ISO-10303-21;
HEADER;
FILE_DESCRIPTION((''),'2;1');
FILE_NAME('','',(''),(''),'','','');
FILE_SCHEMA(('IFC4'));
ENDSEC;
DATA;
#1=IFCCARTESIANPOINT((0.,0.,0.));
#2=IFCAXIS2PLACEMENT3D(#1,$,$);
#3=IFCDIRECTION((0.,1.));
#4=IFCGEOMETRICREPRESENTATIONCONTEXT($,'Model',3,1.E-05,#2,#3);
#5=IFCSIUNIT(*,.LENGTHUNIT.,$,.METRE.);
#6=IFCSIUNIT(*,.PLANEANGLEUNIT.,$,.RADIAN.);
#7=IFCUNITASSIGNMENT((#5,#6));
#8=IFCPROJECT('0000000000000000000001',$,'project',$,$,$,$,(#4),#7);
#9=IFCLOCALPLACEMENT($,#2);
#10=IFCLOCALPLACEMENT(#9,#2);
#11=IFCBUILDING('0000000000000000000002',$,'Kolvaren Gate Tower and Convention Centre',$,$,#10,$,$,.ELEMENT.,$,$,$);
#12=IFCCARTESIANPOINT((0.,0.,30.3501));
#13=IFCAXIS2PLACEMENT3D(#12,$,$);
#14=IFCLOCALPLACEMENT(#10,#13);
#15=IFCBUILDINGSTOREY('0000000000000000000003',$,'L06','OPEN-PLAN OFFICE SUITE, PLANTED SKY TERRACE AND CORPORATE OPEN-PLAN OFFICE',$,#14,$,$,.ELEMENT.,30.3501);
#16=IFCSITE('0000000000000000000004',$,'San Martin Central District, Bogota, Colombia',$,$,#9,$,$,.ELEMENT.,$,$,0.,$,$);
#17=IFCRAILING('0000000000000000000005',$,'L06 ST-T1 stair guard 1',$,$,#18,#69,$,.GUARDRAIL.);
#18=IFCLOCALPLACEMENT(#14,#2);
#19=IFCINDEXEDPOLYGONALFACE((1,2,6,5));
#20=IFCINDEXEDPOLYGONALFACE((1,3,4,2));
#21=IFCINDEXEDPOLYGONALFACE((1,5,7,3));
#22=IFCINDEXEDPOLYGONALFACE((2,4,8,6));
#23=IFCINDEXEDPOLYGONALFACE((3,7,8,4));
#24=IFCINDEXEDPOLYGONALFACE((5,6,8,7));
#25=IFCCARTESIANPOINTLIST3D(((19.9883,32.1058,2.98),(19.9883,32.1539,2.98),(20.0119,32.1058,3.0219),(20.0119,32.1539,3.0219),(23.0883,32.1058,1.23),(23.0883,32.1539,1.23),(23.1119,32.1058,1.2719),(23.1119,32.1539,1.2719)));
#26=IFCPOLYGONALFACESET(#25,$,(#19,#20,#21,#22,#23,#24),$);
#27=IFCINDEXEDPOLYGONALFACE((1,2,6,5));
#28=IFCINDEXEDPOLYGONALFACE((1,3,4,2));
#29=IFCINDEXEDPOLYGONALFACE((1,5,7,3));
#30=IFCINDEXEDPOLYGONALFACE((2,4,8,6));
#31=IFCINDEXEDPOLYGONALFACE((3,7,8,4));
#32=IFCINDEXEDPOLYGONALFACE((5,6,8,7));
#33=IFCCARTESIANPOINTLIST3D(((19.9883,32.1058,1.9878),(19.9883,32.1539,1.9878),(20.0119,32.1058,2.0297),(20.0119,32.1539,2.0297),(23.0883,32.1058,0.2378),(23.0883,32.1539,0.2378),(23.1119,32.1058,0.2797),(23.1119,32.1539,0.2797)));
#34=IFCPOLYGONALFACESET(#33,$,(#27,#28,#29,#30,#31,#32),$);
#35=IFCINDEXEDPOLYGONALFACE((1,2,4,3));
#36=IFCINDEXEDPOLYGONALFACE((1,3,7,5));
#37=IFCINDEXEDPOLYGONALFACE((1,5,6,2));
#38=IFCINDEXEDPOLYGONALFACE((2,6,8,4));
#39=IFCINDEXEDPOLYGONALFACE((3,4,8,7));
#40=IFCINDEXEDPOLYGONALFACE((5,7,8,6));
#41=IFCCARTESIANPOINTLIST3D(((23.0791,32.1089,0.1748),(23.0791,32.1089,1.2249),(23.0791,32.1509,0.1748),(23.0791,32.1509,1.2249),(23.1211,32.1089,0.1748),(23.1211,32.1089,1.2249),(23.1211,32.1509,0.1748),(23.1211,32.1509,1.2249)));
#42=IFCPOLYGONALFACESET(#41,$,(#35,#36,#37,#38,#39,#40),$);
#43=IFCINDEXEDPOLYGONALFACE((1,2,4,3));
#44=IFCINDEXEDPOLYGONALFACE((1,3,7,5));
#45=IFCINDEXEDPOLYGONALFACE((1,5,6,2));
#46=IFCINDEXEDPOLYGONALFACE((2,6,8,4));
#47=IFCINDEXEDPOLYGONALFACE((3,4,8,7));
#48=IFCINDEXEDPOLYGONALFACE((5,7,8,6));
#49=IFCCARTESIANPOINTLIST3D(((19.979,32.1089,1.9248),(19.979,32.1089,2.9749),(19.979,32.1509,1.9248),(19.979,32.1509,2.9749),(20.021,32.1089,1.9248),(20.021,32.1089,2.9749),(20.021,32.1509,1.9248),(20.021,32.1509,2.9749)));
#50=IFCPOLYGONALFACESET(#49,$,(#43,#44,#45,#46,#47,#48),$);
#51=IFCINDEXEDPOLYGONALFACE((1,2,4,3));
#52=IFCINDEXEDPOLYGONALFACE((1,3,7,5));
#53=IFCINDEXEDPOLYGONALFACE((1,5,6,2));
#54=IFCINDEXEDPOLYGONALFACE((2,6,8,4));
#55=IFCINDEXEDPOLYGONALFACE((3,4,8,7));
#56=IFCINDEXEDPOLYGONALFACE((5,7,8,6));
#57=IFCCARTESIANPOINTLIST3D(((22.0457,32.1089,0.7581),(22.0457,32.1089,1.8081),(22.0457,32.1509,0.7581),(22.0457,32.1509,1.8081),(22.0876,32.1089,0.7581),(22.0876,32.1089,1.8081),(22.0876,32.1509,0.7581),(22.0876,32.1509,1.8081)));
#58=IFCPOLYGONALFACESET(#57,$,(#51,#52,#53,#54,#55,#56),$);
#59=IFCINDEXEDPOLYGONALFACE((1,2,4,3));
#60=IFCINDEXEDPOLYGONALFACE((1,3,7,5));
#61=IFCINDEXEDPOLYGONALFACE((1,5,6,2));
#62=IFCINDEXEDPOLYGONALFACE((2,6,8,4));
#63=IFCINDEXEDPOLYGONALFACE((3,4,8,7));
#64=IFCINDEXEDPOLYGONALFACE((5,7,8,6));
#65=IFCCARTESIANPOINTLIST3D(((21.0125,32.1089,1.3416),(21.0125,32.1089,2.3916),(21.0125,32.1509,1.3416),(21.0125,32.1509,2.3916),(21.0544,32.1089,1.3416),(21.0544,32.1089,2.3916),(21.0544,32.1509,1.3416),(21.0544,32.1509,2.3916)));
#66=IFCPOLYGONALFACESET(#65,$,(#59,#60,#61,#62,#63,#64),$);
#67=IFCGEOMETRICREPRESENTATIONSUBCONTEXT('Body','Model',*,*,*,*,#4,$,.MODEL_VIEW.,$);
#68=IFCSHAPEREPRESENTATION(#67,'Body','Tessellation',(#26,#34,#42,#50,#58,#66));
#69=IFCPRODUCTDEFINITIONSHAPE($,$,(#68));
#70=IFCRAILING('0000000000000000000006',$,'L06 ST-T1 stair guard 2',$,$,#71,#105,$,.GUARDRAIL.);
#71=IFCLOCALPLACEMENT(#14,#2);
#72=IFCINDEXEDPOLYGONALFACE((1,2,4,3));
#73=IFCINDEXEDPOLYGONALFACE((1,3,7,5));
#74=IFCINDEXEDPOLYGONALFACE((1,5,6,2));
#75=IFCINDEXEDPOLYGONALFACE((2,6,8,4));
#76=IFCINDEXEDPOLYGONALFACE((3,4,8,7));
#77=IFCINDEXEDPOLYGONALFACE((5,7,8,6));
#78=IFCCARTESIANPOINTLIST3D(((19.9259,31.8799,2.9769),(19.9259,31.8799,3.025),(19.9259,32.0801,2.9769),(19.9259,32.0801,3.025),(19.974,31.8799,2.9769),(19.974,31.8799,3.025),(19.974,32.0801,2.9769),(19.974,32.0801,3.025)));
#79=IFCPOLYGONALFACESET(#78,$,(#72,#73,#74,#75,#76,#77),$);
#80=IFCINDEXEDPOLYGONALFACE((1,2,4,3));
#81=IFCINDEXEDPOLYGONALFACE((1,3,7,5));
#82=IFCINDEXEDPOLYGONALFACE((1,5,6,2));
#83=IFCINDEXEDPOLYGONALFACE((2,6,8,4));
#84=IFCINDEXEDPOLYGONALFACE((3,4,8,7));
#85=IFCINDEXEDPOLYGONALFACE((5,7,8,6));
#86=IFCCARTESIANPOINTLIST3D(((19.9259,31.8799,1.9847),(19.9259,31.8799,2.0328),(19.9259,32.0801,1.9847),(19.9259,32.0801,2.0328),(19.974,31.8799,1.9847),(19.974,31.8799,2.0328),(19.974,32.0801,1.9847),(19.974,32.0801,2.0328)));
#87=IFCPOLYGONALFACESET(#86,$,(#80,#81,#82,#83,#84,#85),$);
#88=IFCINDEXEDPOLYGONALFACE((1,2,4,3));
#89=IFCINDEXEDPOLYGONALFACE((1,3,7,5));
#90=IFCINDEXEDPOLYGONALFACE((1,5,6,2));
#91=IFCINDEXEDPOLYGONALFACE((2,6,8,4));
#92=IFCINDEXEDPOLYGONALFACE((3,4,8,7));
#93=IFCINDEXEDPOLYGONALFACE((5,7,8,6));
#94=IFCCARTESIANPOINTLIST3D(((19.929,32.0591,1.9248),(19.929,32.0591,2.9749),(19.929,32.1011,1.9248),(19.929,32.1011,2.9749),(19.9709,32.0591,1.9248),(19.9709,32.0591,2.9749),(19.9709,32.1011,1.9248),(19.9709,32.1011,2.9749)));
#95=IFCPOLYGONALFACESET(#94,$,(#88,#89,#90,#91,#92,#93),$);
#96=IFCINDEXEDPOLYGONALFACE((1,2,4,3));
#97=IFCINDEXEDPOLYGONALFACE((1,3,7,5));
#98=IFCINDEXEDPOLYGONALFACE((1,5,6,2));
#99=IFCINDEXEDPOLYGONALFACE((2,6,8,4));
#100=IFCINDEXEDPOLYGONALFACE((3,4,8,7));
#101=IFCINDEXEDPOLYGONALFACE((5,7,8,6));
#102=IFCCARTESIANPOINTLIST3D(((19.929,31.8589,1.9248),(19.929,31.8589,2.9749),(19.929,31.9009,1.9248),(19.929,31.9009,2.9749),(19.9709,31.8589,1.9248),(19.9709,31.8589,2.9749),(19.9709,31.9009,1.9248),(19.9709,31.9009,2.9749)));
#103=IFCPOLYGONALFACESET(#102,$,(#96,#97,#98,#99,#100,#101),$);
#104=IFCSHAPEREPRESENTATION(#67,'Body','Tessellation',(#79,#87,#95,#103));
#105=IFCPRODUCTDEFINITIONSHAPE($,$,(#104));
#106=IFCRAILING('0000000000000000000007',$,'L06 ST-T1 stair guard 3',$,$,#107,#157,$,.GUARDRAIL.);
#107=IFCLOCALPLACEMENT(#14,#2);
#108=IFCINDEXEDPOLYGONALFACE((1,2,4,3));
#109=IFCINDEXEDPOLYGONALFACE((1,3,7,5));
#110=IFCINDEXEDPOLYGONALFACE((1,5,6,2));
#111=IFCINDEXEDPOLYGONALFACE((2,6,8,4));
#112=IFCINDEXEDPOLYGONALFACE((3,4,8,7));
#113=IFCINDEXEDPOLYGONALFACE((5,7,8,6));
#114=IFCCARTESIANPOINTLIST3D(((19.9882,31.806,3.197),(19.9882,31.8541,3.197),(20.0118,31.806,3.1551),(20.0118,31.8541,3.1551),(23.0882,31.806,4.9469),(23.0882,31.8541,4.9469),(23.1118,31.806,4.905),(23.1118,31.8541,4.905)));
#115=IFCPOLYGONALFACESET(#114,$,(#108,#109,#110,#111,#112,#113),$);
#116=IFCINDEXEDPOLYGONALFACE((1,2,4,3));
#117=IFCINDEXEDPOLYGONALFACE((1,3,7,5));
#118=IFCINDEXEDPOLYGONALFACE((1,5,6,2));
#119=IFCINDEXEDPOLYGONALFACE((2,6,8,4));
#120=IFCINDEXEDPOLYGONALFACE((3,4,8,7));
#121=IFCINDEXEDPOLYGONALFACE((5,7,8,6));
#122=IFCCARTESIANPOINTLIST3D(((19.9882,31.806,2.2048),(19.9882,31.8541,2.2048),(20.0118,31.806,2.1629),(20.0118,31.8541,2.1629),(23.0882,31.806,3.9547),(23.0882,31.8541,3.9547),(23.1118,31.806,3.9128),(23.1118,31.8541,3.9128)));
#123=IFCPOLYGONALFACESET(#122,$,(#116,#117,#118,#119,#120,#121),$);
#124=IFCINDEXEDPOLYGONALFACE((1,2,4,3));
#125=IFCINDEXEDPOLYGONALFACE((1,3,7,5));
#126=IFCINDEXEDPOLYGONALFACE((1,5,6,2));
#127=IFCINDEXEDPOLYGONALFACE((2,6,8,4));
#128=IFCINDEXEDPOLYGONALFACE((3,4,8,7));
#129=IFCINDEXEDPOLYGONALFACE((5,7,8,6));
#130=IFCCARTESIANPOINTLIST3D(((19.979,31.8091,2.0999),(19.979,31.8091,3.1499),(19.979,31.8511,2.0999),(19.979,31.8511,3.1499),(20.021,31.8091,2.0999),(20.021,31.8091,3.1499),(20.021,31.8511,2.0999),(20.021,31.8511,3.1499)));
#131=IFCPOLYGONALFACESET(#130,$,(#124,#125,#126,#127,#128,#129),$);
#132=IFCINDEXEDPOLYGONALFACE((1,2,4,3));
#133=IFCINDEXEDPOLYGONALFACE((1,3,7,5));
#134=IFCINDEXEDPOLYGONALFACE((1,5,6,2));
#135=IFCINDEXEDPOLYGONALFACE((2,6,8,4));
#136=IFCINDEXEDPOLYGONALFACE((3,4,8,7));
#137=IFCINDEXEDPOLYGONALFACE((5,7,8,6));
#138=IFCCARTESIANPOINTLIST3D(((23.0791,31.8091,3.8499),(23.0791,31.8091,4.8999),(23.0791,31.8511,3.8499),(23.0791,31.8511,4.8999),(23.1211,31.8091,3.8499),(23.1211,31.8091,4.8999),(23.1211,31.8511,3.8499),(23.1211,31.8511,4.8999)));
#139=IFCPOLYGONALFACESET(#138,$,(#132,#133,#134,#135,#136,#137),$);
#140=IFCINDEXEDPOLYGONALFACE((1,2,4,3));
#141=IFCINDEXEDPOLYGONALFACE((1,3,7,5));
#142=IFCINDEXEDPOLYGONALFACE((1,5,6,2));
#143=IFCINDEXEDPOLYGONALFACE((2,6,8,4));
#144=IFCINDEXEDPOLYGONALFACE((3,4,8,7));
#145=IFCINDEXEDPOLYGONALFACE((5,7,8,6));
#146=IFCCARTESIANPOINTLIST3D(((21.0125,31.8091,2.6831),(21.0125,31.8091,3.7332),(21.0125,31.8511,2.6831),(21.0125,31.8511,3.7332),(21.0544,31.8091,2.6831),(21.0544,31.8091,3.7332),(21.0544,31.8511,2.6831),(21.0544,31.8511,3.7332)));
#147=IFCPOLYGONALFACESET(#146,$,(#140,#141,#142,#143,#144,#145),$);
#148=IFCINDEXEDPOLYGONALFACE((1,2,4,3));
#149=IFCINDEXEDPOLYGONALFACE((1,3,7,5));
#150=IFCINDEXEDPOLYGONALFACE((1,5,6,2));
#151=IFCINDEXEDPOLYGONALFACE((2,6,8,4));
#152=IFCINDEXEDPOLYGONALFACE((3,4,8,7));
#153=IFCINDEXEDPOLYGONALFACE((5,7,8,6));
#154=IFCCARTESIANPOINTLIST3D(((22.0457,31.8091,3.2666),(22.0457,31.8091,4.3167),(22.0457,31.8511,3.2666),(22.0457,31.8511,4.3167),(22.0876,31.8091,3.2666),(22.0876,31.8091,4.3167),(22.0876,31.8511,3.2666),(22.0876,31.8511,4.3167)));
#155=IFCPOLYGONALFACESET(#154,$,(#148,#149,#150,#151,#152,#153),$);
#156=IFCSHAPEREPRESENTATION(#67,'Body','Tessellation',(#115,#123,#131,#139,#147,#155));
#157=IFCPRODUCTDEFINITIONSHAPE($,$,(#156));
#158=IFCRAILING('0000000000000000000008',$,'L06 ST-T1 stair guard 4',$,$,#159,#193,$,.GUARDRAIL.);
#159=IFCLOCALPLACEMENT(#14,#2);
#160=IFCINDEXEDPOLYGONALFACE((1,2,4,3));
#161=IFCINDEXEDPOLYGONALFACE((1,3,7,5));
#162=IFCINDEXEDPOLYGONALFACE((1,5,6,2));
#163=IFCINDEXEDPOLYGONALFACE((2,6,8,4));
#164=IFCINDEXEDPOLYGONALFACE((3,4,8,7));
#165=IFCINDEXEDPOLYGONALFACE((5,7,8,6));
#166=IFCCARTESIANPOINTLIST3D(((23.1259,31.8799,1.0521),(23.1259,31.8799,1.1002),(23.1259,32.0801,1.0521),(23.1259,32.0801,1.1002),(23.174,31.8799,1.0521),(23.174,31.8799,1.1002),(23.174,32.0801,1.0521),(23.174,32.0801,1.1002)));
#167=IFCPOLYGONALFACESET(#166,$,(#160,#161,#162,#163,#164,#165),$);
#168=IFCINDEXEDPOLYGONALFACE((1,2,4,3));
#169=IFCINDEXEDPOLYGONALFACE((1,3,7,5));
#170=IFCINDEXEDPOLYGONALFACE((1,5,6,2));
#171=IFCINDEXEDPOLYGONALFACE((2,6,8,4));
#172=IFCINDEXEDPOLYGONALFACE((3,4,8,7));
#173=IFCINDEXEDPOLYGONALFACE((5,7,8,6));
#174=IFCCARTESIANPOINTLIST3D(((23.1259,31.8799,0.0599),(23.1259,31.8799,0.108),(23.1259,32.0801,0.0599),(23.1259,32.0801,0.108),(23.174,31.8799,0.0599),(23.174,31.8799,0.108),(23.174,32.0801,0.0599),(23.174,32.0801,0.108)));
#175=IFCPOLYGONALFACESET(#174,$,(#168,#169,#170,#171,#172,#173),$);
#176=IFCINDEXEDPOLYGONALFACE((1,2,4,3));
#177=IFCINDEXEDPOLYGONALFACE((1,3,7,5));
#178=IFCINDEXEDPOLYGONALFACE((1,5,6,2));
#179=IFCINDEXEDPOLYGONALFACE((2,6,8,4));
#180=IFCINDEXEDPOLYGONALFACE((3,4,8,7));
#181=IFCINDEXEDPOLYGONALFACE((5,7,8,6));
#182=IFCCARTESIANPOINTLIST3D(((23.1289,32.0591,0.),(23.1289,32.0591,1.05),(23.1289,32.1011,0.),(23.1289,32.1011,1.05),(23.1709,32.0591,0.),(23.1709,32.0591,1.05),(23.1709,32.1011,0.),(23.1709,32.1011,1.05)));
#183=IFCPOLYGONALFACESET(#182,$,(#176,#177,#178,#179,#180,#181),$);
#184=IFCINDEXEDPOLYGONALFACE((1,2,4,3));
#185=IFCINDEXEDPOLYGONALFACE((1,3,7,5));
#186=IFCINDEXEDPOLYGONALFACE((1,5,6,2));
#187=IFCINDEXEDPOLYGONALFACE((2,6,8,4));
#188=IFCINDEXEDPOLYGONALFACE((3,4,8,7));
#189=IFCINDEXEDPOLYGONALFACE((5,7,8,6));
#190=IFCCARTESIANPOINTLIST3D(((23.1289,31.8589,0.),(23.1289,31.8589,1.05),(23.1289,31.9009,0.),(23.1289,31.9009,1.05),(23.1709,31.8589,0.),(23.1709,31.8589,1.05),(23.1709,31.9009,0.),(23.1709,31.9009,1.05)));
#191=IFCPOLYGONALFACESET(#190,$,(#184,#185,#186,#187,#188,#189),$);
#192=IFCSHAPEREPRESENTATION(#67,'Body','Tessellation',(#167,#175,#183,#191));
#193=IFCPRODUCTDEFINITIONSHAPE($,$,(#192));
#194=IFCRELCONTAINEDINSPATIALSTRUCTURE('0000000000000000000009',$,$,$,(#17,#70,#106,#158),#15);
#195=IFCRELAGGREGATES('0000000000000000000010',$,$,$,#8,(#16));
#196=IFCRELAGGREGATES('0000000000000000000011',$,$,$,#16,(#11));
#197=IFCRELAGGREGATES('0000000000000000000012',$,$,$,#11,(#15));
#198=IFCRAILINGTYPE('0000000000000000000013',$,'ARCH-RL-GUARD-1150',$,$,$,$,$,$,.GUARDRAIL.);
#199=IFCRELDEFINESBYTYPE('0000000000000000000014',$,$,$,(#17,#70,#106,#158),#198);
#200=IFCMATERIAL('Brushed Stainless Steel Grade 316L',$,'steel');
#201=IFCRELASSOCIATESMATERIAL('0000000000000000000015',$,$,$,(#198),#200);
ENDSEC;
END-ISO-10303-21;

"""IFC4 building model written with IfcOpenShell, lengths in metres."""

from ifc_helpers import new_model, si_unit, direction, frame, origin, origin_2d, place, context, subcontext, project, spatial, rectangle, extrude, material, type_object, element, save


model = new_model("IFC4")

# Units and contexts
model_context = context("Model", 3, precision=1e-05, world=origin(), true_north=direction((0.0, 1.0)))
body_context = subcontext(model_context, "Body", "Model", "MODEL_VIEW")
ifc_project = project(units=[si_unit("LENGTHUNIT", "METRE"), si_unit("PLANEANGLEUNIT", "RADIAN")], contexts=[model_context])

# Site, building, storey
site_placement = place(None, origin())
site = spatial("IfcSite", under=ifc_project, at=site_placement, Name="San Martin Central District, Bogota, Colombia", CompositionType="ELEMENT", RefElevation=0.0)
building_placement = place(site_placement, origin())
building = spatial("IfcBuilding", under=site, at=building_placement, Name="Kolvaren Gate Tower and Convention Centre", CompositionType="ELEMENT")
storey_placement = place(building_placement, frame((0.0, 0.0, 30.3501)))
storey = spatial("IfcBuildingStorey", under=building, at=storey_placement, Name="L06", Description="OPEN-PLAN OFFICE SUITE, PLANTED SKY TERRACE AND CORPORATE OPEN-PLAN OFFICE", CompositionType="ELEMENT", Elevation=30.3501)

# Shared definitions
ifc_material_1 = material(Name="Brushed Stainless Steel Grade 316L", Category="steel")

# Railings
railing_type_1 = type_object("IfcRailingType", Name="ARCH-RL-GUARD-1150", PredefinedType="GUARDRAIL", material=ifc_material_1)
railing_1_placement = place(storey_placement, frame((23.1001, 32.1299, 0.1748)))
element("IfcRailing", 1, at=railing_1_placement, inside=storey, type_object=railing_type_1, Name="L06 ST-T1 stair guard 1", PredefinedType="GUARDRAIL", context=body_context, shape_type="SweptSolid", body=[
    extrude(rectangle(XDim=0.0481, YDim=0.0481, at=origin_2d()), frame((0.0, 0.0, 1.0762), z_axis=(-0.870831, 0.0, 0.491583), x_axis=(0.0, -1.0, 0.0)), (0.0, 0.0, 1.0), 3.5598),
    extrude(rectangle(XDim=0.0481, YDim=0.0481, at=origin_2d()), frame((0.0, 0.0, 0.084), z_axis=(-0.870831, 0.0, 0.491583), x_axis=(0.0, -1.0, 0.0)), (0.0, 0.0, 1.0), 3.5598),
    extrude(rectangle(XDim=0.042, YDim=0.042, at=origin_2d()), origin(), (0.0, 0.0, 1.0), 1.05),
    extrude(rectangle(XDim=0.042, YDim=0.042, at=origin_2d()), frame((-3.1001, 0.0, 1.75)), (0.0, 0.0, 1.0), 1.05),
    extrude(rectangle(XDim=0.042, YDim=0.042, at=origin_2d()), frame((-1.0334, 0.0, 0.5833)), (0.0, 0.0, 1.0), 1.05),
    extrude(rectangle(XDim=0.042, YDim=0.042, at=origin_2d()), frame((-2.0667, 0.0, 1.1667)), (0.0, 0.0, 1.0), 1.05),
])
railing_2_placement = place(storey_placement, frame((19.95, 32.0801, 1.9248)))
element("IfcRailing", 2, at=railing_2_placement, inside=storey, type_object=railing_type_1, Name="L06 ST-T1 stair guard 2", PredefinedType="GUARDRAIL", context=body_context, shape_type="SweptSolid", body=[
    extrude(rectangle(XDim=0.0481, YDim=0.0481, at=origin_2d()), frame((0.0, 0.0, 1.0762), z_axis=(0.0, -1.0, 0.0), x_axis=(1.0, 0.0, 0.0)), (0.0, 0.0, 1.0), 0.2002),
    extrude(rectangle(XDim=0.0481, YDim=0.0481, at=origin_2d()), frame((0.0, 0.0, 0.084), z_axis=(0.0, -1.0, 0.0), x_axis=(1.0, 0.0, 0.0)), (0.0, 0.0, 1.0), 0.2002),
    extrude(rectangle(XDim=0.042, YDim=0.042, at=origin_2d()), origin(), (0.0, 0.0, 1.0), 1.05),
    extrude(rectangle(XDim=0.042, YDim=0.042, at=origin_2d()), frame((0.0, -0.2002, 0.0)), (0.0, 0.0, 1.0), 1.05),
])
railing_3_placement = place(storey_placement, frame((20.0, 31.8301, 2.0999)))
element("IfcRailing", 3, at=railing_3_placement, inside=storey, type_object=railing_type_1, Name="L06 ST-T1 stair guard 3", PredefinedType="GUARDRAIL", context=body_context, shape_type="SweptSolid", body=[
    extrude(rectangle(XDim=0.0481, YDim=0.0481, at=origin_2d()), frame((0.0, 0.0, 1.0762), z_axis=(0.870831, 0.0, 0.491583), x_axis=(0.0, 1.0, 0.0)), (0.0, 0.0, 1.0), 3.5598),
    extrude(rectangle(XDim=0.0481, YDim=0.0481, at=origin_2d()), frame((0.0, 0.0, 0.084), z_axis=(0.870831, 0.0, 0.491583), x_axis=(0.0, 1.0, 0.0)), (0.0, 0.0, 1.0), 3.5598),
    extrude(rectangle(XDim=0.042, YDim=0.042, at=origin_2d()), origin(), (0.0, 0.0, 1.0), 1.05),
    extrude(rectangle(XDim=0.042, YDim=0.042, at=origin_2d()), frame((3.1001, 0.0, 1.75)), (0.0, 0.0, 1.0), 1.05),
    extrude(rectangle(XDim=0.042, YDim=0.042, at=origin_2d()), frame((1.0334, 0.0, 0.5833)), (0.0, 0.0, 1.0), 1.05),
    extrude(rectangle(XDim=0.042, YDim=0.042, at=origin_2d()), frame((2.0667, 0.0, 1.1667)), (0.0, 0.0, 1.0), 1.05),
])
railing_4_placement = place(storey_placement, frame((23.1499, 32.0801, 0.0)))
element("IfcRailing", 4, at=railing_4_placement, inside=storey, type_object=railing_type_1, Name="L06 ST-T1 stair guard 4", PredefinedType="GUARDRAIL", context=body_context, shape_type="SweptSolid", body=[
    extrude(rectangle(XDim=0.0481, YDim=0.0481, at=origin_2d()), frame((0.0, 0.0, 1.0762), z_axis=(0.0, -1.0, 0.0), x_axis=(1.0, 0.0, 0.0)), (0.0, 0.0, 1.0), 0.2002),
    extrude(rectangle(XDim=0.0481, YDim=0.0481, at=origin_2d()), frame((0.0, 0.0, 0.084), z_axis=(0.0, -1.0, 0.0), x_axis=(1.0, 0.0, 0.0)), (0.0, 0.0, 1.0), 0.2002),
    extrude(rectangle(XDim=0.042, YDim=0.042, at=origin_2d()), origin(), (0.0, 0.0, 1.0), 1.05),
    extrude(rectangle(XDim=0.042, YDim=0.042, at=origin_2d()), frame((0.0, -0.2002, 0.0)), (0.0, 0.0, 1.0), 1.05),
])

save(model, "model.ifc")
